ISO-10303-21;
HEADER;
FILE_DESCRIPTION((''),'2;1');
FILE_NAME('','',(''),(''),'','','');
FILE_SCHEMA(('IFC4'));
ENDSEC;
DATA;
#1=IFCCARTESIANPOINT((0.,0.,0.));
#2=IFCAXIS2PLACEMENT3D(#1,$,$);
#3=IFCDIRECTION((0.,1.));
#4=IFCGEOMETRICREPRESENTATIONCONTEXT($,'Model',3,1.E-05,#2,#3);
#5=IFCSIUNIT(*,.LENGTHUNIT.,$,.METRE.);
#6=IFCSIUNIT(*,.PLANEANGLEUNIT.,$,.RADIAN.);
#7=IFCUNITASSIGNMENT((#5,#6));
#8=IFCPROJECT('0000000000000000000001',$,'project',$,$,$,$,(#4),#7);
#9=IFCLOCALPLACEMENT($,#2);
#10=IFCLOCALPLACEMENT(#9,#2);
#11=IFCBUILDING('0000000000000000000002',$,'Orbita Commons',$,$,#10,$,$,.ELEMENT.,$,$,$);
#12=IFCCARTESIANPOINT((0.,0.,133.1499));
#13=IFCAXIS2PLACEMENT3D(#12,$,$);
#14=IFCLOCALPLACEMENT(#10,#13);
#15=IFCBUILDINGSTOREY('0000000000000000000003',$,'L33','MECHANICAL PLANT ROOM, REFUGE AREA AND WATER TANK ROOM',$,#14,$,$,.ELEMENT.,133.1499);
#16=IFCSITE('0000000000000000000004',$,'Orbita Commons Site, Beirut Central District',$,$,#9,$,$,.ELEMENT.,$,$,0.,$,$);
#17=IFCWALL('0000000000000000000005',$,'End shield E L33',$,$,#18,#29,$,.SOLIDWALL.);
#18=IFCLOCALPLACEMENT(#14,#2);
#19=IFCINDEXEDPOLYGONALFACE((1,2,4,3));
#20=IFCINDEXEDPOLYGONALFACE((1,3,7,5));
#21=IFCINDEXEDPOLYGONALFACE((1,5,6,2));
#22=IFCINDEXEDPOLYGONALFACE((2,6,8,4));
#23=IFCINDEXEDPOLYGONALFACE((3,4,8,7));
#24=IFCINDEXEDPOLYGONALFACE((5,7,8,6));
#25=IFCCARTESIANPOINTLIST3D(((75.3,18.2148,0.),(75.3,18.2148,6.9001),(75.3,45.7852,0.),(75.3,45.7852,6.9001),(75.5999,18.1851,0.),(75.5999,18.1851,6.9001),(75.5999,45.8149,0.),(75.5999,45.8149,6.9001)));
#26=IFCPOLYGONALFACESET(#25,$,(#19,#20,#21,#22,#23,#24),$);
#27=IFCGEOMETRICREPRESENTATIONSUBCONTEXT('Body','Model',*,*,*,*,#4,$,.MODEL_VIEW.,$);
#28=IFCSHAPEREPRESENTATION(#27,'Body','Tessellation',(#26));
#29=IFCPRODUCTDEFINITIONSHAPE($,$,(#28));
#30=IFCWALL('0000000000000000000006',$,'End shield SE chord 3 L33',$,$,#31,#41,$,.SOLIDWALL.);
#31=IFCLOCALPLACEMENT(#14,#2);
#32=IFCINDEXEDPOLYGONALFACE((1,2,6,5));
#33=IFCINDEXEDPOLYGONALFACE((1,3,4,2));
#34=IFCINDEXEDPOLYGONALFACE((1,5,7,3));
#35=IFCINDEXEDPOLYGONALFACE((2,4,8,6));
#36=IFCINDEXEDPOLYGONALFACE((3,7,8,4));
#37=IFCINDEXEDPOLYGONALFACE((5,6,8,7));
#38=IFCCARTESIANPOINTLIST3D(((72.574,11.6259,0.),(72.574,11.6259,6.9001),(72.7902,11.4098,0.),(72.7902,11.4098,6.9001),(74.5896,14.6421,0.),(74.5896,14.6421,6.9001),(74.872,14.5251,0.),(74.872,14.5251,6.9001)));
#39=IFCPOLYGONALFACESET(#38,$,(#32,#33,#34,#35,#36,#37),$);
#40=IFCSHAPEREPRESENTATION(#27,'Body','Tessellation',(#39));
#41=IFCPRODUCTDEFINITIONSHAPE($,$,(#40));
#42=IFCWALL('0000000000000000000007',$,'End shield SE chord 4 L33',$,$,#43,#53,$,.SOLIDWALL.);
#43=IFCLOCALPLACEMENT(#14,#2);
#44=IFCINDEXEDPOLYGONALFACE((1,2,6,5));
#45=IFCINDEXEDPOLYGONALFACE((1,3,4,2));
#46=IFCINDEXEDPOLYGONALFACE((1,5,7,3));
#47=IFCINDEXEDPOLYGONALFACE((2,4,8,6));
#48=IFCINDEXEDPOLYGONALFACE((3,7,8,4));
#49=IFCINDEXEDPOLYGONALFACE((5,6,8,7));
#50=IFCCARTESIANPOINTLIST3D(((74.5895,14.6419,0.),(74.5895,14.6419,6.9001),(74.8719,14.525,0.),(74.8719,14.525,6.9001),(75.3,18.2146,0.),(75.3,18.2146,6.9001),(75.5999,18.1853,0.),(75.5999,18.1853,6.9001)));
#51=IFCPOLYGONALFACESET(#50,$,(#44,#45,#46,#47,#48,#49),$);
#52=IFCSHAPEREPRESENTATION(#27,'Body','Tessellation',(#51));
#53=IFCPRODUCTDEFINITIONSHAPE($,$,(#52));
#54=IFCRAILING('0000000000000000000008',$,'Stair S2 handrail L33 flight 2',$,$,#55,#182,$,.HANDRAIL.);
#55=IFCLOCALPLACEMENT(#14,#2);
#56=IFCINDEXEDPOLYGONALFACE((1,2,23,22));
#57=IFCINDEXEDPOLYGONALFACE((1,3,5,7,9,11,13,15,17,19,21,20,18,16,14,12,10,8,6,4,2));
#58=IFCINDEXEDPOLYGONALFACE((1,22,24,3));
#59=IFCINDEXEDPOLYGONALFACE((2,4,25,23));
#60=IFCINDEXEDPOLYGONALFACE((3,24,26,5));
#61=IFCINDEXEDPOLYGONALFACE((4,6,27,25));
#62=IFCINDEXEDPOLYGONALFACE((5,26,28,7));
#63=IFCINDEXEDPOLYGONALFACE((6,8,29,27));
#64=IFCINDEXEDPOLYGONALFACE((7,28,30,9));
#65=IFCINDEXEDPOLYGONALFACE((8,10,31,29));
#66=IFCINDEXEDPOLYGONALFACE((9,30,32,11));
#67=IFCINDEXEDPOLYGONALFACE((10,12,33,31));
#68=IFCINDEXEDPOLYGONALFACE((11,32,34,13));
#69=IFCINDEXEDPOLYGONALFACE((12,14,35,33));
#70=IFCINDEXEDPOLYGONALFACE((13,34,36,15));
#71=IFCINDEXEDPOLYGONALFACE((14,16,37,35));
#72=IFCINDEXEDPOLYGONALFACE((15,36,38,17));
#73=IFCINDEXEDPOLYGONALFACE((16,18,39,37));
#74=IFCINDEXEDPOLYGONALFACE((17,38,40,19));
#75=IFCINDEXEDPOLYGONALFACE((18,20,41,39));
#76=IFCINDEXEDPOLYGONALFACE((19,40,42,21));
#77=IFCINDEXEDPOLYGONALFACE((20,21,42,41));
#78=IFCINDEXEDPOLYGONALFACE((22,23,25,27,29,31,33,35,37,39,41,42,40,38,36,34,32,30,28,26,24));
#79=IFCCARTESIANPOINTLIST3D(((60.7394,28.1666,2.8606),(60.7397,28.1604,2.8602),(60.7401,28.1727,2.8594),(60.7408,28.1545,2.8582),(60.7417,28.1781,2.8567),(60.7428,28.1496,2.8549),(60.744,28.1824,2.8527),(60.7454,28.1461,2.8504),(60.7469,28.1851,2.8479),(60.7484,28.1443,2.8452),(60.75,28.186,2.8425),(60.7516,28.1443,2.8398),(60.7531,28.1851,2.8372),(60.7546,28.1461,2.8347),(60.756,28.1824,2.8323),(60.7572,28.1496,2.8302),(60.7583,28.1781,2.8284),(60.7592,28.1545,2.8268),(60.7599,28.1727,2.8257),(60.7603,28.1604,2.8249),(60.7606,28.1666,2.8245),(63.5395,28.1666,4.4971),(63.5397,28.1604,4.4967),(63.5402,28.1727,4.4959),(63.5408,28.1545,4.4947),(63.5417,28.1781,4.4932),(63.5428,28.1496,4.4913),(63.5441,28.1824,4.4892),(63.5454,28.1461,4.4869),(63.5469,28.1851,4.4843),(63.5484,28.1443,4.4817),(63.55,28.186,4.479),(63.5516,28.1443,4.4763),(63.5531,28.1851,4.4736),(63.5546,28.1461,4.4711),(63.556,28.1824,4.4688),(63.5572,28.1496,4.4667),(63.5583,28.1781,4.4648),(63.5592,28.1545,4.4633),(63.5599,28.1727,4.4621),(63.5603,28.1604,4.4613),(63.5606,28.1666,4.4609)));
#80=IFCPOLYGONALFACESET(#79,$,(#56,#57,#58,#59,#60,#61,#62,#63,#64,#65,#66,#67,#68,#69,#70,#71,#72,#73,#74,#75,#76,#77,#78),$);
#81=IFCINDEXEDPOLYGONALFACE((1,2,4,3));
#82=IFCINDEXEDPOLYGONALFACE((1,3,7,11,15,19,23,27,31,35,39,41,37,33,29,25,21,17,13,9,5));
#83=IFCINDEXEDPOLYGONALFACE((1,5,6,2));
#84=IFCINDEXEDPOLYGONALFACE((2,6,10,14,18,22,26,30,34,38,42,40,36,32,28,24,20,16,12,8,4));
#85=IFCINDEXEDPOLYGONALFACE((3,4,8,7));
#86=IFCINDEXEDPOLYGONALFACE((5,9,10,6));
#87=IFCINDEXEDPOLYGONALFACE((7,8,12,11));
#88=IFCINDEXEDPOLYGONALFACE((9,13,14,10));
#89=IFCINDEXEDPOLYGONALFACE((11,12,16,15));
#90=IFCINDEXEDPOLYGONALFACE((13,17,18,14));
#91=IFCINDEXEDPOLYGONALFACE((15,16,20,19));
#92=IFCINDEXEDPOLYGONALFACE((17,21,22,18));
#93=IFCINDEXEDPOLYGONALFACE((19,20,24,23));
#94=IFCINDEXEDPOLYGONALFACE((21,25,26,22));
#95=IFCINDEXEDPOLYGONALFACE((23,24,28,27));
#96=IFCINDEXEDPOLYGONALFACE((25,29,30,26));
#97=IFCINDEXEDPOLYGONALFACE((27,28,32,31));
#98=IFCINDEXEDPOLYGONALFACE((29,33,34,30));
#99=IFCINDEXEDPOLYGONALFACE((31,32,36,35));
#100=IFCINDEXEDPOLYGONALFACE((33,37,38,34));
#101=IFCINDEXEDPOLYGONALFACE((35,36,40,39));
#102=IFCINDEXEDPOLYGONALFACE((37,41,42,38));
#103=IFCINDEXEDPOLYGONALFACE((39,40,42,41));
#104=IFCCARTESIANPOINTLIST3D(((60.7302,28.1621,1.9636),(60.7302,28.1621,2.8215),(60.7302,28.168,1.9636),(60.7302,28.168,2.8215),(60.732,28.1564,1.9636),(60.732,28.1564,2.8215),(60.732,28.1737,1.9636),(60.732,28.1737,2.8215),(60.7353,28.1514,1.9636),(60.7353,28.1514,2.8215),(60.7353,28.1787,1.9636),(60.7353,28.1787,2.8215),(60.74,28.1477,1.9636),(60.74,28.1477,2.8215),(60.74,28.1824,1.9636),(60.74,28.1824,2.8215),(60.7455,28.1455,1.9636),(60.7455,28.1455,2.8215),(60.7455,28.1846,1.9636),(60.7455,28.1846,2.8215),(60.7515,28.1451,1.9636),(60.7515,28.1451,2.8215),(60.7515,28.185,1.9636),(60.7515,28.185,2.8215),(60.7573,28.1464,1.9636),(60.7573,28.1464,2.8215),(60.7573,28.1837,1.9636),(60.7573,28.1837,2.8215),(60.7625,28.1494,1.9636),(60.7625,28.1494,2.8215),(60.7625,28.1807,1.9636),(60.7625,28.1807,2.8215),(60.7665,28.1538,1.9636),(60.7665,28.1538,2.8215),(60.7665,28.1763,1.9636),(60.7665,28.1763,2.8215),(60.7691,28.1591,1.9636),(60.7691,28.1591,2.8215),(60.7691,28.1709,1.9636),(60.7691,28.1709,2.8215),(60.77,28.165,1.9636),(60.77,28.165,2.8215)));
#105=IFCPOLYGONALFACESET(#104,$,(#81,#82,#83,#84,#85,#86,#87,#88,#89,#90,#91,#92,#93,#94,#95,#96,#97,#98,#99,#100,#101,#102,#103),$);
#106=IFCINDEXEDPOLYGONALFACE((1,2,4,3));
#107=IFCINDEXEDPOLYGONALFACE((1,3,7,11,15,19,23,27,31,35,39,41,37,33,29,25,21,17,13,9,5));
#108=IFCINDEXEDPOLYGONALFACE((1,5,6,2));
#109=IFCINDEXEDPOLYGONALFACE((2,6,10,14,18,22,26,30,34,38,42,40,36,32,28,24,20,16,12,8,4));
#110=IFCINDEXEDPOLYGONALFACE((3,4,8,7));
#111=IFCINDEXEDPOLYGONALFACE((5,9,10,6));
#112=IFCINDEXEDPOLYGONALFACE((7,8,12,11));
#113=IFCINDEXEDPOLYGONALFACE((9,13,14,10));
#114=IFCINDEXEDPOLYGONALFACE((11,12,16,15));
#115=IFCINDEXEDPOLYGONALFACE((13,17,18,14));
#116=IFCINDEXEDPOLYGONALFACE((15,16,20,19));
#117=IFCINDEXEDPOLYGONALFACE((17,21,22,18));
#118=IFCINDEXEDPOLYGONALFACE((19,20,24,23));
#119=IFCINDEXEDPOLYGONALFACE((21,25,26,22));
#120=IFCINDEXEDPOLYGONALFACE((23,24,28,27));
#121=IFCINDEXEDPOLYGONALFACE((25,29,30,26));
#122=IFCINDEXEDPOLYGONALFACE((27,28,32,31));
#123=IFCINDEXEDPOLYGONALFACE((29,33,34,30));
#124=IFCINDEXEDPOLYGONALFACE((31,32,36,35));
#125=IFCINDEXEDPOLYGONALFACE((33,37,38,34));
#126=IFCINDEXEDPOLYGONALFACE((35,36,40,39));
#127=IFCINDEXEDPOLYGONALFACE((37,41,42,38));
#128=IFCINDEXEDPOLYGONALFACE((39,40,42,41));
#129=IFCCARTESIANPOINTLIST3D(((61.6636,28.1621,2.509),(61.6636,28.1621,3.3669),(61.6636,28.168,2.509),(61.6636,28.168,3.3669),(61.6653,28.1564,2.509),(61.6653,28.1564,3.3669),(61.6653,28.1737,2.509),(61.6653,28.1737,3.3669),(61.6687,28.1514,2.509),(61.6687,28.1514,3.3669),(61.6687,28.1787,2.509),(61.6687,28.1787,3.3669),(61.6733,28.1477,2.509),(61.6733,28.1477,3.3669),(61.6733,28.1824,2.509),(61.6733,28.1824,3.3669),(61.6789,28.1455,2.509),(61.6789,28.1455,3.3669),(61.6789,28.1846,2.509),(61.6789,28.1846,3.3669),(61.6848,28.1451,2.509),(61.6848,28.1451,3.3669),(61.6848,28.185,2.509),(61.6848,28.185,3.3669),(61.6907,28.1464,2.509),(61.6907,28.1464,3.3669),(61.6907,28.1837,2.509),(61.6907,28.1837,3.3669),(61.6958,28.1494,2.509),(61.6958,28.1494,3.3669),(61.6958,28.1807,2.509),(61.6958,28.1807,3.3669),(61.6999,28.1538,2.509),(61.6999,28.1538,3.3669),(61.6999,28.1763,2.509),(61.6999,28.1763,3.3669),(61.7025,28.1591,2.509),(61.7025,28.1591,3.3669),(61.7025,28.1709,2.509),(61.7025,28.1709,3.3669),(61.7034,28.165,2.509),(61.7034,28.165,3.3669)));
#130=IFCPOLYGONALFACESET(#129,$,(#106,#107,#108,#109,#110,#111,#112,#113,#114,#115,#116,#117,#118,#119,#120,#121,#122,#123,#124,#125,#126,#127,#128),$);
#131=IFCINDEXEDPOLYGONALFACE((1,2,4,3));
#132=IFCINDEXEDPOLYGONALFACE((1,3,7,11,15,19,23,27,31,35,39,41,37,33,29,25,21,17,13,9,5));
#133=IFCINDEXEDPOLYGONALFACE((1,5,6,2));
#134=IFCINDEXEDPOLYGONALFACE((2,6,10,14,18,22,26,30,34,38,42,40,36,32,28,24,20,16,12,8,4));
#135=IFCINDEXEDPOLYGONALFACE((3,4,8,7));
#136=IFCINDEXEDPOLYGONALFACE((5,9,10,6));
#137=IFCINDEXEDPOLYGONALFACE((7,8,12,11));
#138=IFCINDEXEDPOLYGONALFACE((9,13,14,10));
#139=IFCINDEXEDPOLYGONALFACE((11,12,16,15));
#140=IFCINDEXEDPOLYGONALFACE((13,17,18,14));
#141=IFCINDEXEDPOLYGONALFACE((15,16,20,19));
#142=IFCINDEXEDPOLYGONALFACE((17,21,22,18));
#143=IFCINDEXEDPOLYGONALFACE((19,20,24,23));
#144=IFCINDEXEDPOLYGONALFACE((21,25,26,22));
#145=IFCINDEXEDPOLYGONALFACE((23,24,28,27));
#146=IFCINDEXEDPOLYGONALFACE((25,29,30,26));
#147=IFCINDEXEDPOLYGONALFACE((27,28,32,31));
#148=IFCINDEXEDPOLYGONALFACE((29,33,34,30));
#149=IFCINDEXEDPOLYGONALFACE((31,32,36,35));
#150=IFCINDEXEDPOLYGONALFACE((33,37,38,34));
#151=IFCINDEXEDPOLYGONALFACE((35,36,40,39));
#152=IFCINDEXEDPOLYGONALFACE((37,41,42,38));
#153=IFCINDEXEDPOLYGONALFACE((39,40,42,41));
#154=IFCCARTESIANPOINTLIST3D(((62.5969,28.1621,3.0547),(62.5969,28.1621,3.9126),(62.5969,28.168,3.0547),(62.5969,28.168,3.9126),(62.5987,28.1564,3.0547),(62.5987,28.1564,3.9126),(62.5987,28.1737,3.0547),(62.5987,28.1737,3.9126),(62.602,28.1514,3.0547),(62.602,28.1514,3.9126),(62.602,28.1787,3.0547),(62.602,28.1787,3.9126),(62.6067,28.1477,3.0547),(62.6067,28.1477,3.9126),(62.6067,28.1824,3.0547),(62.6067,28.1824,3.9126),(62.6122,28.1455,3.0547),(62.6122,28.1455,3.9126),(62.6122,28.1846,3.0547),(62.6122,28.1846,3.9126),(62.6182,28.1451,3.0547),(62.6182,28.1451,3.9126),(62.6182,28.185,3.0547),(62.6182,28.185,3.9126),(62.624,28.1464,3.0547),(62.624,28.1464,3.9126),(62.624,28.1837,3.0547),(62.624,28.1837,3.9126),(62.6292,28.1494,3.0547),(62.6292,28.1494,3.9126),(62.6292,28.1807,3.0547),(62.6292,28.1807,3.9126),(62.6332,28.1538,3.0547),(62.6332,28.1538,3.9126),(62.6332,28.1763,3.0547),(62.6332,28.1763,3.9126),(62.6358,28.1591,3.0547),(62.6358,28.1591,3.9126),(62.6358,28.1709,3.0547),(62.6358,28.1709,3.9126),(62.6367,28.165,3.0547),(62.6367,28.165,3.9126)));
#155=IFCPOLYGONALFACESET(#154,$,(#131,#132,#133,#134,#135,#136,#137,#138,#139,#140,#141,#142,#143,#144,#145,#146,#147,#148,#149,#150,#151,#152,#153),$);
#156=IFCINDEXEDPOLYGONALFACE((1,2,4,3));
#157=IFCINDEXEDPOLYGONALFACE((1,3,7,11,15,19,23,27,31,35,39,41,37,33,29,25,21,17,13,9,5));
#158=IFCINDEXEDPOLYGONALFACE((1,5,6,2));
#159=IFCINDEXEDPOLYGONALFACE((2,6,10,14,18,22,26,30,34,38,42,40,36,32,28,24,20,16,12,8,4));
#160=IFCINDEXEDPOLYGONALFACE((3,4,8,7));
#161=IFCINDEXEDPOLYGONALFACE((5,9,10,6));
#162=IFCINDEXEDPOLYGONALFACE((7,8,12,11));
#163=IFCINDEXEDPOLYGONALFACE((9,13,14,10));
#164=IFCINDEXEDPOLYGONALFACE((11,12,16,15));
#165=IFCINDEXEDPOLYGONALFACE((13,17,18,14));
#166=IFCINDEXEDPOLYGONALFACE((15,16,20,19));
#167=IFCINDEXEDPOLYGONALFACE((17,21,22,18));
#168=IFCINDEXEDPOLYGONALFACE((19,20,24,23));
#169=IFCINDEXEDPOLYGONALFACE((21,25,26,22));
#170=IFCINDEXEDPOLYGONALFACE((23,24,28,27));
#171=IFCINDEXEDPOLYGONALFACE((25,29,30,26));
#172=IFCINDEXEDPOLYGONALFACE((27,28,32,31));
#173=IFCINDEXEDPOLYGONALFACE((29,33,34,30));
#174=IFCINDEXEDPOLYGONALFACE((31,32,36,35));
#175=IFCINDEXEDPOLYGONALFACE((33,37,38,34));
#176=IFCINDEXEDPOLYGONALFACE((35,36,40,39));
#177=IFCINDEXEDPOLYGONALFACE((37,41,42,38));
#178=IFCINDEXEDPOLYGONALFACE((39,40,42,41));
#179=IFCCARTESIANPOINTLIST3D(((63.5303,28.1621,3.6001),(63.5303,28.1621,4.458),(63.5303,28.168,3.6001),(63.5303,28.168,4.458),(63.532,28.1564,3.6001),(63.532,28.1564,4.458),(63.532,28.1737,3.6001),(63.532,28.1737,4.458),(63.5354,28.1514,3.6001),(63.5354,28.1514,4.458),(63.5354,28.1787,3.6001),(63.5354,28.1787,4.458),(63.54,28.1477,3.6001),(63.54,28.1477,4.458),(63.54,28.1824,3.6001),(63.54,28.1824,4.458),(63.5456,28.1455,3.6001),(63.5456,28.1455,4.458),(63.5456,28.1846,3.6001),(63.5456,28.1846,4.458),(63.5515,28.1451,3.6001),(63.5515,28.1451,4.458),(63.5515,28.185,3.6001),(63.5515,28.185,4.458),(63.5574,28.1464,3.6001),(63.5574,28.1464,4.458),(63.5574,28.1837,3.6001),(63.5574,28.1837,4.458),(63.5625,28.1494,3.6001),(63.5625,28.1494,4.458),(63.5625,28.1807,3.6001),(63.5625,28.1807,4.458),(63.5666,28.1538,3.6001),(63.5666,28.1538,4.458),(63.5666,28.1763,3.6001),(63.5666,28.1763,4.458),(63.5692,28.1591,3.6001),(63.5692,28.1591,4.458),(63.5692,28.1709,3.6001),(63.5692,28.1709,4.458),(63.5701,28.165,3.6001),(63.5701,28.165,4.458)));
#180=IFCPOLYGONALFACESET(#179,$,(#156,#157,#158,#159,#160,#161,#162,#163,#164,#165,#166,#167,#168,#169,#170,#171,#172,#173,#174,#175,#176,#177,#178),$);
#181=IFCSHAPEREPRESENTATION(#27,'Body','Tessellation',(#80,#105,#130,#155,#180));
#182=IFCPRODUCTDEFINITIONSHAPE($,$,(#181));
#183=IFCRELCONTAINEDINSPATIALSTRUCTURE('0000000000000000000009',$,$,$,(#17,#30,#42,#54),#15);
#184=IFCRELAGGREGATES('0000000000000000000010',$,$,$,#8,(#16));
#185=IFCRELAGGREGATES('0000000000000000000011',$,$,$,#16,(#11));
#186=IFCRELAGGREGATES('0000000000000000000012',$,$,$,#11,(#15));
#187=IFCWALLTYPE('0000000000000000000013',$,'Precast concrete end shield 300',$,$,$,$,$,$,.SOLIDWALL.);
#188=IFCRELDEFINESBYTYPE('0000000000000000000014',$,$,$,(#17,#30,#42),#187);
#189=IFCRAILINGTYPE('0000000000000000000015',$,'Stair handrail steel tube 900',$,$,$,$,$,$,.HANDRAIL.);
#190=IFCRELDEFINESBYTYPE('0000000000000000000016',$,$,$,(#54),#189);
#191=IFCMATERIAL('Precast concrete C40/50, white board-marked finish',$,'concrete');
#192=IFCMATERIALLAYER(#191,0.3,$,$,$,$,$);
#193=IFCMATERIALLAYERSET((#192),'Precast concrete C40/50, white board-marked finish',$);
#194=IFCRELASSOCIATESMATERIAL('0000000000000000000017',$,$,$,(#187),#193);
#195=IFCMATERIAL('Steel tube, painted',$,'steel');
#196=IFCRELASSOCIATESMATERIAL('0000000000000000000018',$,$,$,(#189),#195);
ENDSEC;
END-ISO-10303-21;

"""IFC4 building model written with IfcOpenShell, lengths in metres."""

from ifc_helpers import new_model, si_unit, direction, frame, origin, origin_2d, place, context, subcontext, project, spatial, polyline, circle, outline, extrude, material, layer, layer_set, type_object, element, save


model = new_model("IFC4")

# Units and contexts
model_context = context("Model", 3, precision=1e-05, world=origin(), true_north=direction((0.0, 1.0)))
body_context = subcontext(model_context, "Body", "Model", "MODEL_VIEW")
ifc_project = project(units=[si_unit("LENGTHUNIT", "METRE"), si_unit("PLANEANGLEUNIT", "RADIAN")], contexts=[model_context])

# Site, building, storey
site_placement = place(None, origin())
site = spatial("IfcSite", under=ifc_project, at=site_placement, Name="Orbita Commons Site, Beirut Central District", CompositionType="ELEMENT", RefElevation=0.0)
building_placement = place(site_placement, origin())
building = spatial("IfcBuilding", under=site, at=building_placement, Name="Orbita Commons", CompositionType="ELEMENT")
storey_placement = place(building_placement, frame((0.0, 0.0, 133.1499)))
storey = spatial("IfcBuildingStorey", under=building, at=storey_placement, Name="L33", Description="MECHANICAL PLANT ROOM, REFUGE AREA AND WATER TANK ROOM", CompositionType="ELEMENT", Elevation=133.1499)

# Walls
ifc_material_1 = material(Name="Precast concrete C40/50, white board-marked finish", Category="concrete")
ifc_layer_1 = layer(ifc_material_1, 0.3)
ifc_layer_set_1 = layer_set([ifc_layer_1], Name="Precast concrete C40/50, white board-marked finish")
wall_type_1 = type_object("IfcWallType", Name="Precast concrete end shield 300", PredefinedType="SOLIDWALL", material=ifc_layer_set_1)
wall_1_placement = place(storey_placement, frame((75.45, 18.2, 0.0), z_axis=(0.0, 0.0, 1.0), x_axis=(0.0, 1.0, 0.0)))
element("IfcWall", 1, at=wall_1_placement, inside=storey, type_object=wall_type_1, Name="End shield E L33", PredefinedType="SOLIDWALL", context=body_context, shape_type="SweptSolid", body=[
    extrude(outline(polyline([(-0.0149, -0.1499), (27.615, -0.1499), (27.5852, 0.1499), (0.0149, 0.1499), (-0.0149, -0.1499)])), origin(), (0.0, 0.0, 1.0), 6.9001),
])
wall_2_placement = place(storey_placement, frame((72.6821, 11.5178, 0.0), z_axis=(0.0, 0.0, 1.0), x_axis=(0.555601, 0.831449, 0.0)))
element("IfcWall", 2, at=wall_2_placement, inside=storey, type_object=wall_type_1, Name="End shield SE chord 3 L33", PredefinedType="SOLIDWALL", context=body_context, shape_type="SweptSolid", body=[
    extrude(outline(polyline([(-0.0298, -0.1499), (3.717, -0.1499), (3.6575, 0.1499), (0.0298, 0.1499), (-0.0298, -0.1499)])), origin(), (0.0, 0.0, 1.0), 6.9001),
])
wall_3_placement = place(storey_placement, frame((74.7307, 14.5835, 0.0), z_axis=(0.0, 0.0, 1.0), x_axis=(0.195059, 0.980791, 0.0)))
element("IfcWall", 3, at=wall_3_placement, inside=storey, type_object=wall_type_1, Name="End shield SE chord 4 L33", PredefinedType="SOLIDWALL", context=body_context, shape_type="SweptSolid", body=[
    extrude(outline(polyline([(-0.0298, -0.1499), (3.7021, -0.1499), (3.6724, 0.1499), (0.0298, 0.1499), (-0.0298, -0.1499)])), origin(), (0.0, 0.0, 1.0), 6.9001),
])

# Railing
ifc_material_2 = material(Name="Steel tube, painted", Category="steel")
railing_type = type_object("IfcRailingType", Name="Stair handrail steel tube 900", PredefinedType="HANDRAIL", material=ifc_material_2)
for number, where, name in (
    (4, (60.75, 28.165, 1.9636), "Stair S2 handrail L33 flight 2"),
):
    element("IfcRailing", number, at=place(storey_placement, frame(where)), inside=storey, type_object=railing_type, Name=name, PredefinedType="HANDRAIL", context=body_context, shape_type="SweptSolid", body=[
        extrude(circle(Radius=0.021, at=origin_2d()), frame((0.0, 0.0, 0.8789), z_axis=(0.863361, 0.0, 0.504587), x_axis=(0.0, 1.0, 0.0)), (0.0, 0.0, 1.0), 3.2432),
        extrude(circle(Radius=0.02, at=origin_2d()), origin(), (0.0, 0.0, 1.0), 0.8579),
        extrude(circle(Radius=0.02, at=origin_2d()), frame((0.9333, 0.0, 0.5454)), (0.0, 0.0, 1.0), 0.8579),
        extrude(circle(Radius=0.02, at=origin_2d()), frame((1.8667, 0.0, 1.0911)), (0.0, 0.0, 1.0), 0.8579),
        extrude(circle(Radius=0.02, at=origin_2d()), frame((2.8, 0.0, 1.6365)), (0.0, 0.0, 1.0), 0.8579),
    ])

save(model, "model.ifc")
